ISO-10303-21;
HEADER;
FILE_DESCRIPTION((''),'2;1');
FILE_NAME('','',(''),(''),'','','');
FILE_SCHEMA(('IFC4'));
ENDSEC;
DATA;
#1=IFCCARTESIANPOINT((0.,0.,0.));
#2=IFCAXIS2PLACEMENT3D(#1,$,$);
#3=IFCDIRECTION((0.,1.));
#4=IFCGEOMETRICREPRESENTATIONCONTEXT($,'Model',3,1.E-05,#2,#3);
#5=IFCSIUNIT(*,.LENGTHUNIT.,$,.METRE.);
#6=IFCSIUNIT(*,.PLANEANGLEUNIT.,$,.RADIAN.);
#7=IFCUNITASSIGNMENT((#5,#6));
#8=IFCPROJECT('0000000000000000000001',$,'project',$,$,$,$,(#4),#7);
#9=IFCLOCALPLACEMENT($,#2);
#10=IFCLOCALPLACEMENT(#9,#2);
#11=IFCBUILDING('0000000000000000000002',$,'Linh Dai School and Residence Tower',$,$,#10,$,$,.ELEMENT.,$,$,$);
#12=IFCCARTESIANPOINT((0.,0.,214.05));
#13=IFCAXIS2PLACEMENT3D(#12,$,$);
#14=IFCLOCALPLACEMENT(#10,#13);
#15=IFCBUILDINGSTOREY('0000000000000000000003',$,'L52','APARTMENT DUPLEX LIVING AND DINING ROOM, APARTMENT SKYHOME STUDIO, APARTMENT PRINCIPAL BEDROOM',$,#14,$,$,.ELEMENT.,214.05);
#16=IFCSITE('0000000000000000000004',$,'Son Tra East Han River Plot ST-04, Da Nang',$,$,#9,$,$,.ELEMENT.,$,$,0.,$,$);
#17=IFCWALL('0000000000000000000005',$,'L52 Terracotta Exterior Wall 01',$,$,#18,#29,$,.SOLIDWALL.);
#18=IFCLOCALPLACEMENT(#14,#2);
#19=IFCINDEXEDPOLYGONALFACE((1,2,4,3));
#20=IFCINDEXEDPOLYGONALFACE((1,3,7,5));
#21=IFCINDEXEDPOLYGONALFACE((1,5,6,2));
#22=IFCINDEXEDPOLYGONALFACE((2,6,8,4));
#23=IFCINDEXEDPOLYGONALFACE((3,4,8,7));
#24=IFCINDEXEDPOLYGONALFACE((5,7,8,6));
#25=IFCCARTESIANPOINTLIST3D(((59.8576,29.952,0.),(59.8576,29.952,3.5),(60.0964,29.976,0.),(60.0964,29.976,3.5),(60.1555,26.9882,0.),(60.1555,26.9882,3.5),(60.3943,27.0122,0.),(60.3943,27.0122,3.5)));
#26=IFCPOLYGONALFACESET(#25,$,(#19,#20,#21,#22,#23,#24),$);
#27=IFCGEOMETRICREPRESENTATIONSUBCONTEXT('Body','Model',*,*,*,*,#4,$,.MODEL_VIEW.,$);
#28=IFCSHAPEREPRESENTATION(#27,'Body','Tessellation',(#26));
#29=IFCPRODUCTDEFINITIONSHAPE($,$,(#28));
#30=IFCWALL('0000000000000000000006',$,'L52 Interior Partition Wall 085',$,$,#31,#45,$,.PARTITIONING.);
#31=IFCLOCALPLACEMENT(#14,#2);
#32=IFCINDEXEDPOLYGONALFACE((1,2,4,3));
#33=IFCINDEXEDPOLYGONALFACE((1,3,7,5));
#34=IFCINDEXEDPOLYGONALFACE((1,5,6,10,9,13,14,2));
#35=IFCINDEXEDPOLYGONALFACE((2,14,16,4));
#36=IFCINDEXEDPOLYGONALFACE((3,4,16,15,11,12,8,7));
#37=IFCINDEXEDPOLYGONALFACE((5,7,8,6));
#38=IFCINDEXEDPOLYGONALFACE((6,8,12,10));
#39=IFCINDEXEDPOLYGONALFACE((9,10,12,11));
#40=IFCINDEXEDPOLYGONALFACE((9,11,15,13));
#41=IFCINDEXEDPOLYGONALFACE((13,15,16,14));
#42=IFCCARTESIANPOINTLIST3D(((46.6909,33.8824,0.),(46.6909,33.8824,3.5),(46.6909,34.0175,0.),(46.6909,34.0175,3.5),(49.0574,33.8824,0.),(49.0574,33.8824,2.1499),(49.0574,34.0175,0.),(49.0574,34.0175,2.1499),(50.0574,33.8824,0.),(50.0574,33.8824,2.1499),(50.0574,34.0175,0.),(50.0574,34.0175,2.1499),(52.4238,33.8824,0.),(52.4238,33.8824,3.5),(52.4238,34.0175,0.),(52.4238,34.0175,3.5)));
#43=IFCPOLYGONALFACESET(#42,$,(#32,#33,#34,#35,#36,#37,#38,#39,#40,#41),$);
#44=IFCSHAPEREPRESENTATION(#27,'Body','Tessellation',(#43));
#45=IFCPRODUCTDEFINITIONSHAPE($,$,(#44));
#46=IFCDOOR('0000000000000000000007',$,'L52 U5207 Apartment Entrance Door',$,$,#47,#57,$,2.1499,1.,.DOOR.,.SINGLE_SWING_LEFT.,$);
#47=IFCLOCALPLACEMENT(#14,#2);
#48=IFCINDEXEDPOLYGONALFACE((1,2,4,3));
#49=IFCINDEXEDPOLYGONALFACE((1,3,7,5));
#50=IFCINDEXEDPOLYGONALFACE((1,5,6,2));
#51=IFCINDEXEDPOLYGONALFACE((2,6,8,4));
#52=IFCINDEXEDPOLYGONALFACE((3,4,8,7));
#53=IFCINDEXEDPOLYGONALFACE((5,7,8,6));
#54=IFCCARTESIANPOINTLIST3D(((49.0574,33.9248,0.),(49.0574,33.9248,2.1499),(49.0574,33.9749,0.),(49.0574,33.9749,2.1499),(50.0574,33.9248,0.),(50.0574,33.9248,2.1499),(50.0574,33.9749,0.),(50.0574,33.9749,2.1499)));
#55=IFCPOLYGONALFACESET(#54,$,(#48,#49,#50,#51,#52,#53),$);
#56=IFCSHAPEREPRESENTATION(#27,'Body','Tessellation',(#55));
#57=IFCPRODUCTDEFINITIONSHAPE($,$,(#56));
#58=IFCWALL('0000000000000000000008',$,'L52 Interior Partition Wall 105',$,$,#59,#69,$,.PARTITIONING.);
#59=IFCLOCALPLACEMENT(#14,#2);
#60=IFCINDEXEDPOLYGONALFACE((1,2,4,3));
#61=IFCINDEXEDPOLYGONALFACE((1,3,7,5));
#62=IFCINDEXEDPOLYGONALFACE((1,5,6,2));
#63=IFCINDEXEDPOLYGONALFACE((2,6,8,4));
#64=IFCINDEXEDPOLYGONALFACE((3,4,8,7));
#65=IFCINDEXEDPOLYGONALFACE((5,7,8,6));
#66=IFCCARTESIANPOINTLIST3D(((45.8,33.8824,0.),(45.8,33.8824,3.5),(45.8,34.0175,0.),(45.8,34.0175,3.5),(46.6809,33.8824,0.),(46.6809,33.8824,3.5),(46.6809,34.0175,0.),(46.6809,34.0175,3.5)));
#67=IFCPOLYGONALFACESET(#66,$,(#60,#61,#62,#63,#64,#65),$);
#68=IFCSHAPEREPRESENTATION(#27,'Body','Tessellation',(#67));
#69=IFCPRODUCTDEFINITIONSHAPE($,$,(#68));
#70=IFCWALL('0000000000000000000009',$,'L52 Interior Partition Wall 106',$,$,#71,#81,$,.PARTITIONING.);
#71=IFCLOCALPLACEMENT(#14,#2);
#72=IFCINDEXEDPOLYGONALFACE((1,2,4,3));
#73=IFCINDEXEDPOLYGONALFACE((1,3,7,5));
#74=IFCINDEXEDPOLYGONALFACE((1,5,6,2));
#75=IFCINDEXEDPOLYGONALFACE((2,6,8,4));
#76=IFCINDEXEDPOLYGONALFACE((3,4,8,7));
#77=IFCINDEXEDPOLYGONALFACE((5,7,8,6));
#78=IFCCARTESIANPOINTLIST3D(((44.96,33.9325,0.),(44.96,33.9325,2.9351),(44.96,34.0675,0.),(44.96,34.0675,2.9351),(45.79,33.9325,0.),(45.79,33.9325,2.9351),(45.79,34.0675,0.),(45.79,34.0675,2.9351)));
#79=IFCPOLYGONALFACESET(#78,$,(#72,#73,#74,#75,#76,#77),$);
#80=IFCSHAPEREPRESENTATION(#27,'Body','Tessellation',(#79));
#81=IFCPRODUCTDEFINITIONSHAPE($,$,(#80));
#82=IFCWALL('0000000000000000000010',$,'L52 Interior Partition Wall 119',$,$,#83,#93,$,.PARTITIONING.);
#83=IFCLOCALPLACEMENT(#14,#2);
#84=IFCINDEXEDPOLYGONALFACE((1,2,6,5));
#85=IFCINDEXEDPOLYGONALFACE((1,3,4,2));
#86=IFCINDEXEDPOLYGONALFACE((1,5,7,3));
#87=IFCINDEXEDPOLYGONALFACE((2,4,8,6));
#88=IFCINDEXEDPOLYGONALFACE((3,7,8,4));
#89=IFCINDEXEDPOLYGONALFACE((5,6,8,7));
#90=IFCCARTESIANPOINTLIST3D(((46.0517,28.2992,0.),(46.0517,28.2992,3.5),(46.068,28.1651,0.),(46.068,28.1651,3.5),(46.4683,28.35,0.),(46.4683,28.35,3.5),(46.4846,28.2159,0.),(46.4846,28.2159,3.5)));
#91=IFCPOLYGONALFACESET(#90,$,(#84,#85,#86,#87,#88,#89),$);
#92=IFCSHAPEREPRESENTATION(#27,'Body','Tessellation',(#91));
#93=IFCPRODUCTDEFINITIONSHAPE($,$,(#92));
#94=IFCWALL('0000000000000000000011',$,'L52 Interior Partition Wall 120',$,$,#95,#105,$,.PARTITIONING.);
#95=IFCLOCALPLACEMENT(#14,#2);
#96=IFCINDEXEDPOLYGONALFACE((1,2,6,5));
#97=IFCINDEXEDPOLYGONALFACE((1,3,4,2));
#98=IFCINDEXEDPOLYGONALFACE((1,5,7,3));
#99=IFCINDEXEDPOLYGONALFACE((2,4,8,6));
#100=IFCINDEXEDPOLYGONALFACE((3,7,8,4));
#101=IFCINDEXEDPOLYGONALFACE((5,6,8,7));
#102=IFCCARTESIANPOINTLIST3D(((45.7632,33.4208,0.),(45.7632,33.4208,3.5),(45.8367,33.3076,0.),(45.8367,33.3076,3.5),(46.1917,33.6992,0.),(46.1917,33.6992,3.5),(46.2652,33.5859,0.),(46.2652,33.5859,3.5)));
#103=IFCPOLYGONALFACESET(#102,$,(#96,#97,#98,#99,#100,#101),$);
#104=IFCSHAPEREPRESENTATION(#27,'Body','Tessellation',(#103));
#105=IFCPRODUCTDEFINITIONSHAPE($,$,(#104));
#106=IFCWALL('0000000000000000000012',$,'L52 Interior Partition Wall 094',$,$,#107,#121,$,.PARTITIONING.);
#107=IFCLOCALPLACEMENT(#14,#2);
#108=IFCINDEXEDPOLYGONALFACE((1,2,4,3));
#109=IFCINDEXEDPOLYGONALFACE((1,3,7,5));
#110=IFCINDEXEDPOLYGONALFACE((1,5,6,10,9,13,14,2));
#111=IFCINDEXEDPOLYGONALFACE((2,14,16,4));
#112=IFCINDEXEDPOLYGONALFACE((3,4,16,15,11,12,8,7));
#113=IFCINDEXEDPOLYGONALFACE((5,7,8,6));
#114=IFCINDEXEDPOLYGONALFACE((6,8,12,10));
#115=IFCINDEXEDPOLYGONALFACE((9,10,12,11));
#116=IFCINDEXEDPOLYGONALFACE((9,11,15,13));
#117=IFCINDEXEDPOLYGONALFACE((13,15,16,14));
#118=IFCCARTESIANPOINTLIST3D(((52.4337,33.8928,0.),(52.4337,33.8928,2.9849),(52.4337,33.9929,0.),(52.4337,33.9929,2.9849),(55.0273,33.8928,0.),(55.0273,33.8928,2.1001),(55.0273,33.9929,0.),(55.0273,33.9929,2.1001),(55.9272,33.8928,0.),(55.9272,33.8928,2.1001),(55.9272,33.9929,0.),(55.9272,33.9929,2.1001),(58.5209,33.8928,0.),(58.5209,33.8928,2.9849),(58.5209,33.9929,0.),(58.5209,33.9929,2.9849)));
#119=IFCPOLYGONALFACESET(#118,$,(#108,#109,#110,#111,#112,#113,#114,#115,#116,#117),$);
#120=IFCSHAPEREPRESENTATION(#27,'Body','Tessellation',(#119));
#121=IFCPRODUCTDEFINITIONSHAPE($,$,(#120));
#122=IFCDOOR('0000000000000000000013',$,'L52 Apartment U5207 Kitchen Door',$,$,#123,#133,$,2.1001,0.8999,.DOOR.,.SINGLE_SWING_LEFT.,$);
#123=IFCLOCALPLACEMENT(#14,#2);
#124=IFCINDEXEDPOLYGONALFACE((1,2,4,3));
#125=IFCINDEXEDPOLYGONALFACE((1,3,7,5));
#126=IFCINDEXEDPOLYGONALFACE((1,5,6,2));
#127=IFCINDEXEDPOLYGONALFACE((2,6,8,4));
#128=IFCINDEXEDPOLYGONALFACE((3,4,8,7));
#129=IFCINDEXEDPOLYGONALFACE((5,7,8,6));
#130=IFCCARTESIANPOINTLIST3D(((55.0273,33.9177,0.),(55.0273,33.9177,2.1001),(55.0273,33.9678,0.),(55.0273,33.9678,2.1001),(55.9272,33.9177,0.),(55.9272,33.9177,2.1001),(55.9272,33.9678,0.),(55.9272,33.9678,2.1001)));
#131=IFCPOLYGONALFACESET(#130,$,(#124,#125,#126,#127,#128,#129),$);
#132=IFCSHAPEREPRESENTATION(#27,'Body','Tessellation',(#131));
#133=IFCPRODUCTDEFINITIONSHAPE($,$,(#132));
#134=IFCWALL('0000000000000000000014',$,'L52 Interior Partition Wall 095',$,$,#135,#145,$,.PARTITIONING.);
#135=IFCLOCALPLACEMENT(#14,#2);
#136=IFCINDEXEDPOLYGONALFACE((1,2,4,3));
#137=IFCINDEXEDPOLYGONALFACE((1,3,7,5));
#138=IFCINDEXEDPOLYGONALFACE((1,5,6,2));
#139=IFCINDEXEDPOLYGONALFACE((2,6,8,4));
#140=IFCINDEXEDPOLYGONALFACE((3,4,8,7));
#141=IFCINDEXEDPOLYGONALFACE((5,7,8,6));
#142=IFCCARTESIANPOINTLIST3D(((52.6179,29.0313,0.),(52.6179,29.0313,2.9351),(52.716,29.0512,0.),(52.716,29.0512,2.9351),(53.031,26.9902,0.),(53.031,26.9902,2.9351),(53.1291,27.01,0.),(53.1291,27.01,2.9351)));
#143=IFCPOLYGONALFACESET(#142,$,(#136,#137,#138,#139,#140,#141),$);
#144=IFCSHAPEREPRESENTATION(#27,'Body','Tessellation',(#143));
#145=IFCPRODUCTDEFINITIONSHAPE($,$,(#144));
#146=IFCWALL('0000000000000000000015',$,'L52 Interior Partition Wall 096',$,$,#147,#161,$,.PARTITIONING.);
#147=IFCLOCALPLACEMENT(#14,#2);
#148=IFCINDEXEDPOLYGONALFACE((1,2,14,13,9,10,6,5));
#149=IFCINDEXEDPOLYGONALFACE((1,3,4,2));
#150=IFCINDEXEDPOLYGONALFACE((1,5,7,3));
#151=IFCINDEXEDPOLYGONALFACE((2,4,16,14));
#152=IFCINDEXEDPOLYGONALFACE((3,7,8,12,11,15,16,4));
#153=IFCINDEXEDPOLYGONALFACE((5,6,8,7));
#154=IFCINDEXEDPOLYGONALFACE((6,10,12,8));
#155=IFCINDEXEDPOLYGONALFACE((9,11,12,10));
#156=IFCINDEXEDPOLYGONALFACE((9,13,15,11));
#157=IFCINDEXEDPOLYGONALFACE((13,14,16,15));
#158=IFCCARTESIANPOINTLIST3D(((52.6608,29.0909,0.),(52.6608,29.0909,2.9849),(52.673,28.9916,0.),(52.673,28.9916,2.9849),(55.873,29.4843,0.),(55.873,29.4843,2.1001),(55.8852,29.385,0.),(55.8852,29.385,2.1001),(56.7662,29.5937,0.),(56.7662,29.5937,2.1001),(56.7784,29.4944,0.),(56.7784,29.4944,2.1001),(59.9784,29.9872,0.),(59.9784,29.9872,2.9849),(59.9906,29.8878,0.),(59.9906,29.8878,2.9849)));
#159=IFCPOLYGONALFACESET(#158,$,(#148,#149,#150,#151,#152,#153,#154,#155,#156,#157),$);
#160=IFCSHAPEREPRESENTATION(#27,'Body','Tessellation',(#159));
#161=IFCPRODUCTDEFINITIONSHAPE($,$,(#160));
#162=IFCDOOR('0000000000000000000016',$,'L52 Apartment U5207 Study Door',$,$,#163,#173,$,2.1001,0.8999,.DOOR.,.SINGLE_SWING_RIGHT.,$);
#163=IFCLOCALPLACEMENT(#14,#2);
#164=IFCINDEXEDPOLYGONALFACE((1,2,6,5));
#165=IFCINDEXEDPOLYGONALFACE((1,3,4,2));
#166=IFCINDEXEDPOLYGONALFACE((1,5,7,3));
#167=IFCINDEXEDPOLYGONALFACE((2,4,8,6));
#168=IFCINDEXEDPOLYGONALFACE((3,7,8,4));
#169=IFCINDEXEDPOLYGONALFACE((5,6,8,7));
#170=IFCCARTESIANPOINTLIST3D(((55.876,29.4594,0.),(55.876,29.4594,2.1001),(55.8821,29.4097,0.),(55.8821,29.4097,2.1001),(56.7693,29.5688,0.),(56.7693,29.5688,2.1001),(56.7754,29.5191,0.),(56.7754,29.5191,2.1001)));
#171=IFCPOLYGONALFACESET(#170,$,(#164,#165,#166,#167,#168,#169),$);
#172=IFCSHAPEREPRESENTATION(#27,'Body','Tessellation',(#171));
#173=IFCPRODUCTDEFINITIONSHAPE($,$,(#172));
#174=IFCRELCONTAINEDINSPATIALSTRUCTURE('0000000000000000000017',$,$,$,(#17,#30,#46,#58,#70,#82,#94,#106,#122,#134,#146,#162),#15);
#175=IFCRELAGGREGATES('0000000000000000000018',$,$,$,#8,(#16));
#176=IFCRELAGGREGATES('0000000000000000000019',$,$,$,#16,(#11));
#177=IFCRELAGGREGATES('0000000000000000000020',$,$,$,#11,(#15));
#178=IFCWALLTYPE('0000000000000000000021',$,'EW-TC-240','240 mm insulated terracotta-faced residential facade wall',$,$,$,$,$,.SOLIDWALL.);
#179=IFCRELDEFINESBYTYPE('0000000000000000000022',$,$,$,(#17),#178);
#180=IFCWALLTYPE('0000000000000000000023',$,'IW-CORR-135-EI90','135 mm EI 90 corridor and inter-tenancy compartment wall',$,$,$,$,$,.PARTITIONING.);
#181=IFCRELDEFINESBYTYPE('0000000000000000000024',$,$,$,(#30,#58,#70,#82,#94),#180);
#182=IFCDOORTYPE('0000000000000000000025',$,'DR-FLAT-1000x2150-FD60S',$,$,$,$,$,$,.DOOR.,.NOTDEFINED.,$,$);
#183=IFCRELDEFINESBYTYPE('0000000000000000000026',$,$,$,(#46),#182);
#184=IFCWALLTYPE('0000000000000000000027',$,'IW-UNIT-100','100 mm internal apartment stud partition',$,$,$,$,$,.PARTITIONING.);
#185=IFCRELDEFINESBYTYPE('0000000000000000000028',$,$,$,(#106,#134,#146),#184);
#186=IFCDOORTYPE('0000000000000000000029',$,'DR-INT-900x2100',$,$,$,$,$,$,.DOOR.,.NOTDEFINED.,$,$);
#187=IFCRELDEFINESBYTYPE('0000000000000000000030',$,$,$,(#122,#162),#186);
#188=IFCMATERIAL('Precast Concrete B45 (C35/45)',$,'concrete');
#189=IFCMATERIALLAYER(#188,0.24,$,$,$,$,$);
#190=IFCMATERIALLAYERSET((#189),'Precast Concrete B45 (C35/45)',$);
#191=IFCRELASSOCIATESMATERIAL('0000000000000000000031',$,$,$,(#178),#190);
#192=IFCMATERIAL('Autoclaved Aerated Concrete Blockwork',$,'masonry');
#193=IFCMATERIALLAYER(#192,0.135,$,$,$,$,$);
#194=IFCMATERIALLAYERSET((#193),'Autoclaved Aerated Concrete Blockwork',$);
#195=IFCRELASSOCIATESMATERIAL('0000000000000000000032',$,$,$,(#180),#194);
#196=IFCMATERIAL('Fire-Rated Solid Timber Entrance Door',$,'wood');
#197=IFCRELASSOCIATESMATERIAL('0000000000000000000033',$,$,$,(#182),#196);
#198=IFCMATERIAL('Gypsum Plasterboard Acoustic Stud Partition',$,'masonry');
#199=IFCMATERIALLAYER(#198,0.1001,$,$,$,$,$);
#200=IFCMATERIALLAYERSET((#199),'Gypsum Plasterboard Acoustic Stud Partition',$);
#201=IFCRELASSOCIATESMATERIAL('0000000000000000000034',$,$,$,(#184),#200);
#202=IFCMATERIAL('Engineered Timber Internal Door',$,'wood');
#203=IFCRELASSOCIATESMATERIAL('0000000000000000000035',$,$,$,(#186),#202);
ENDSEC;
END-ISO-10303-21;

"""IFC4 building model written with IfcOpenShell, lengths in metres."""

from ifc_helpers import new_model, si_unit, direction, frame, frame_2d, origin, origin_2d, place, context, subcontext, project, spatial, rectangle, extrude, source, transform, mapped, material, layer, layer_set, type_object, element, fill, save


model = new_model("IFC4")

# Units and contexts
model_context = context("Model", 3, precision=1e-05, world=origin(), true_north=direction((0.0, 1.0)))
body_context = subcontext(model_context, "Body", "Model", "MODEL_VIEW")
ifc_project = project(units=[si_unit("LENGTHUNIT", "METRE"), si_unit("PLANEANGLEUNIT", "RADIAN")], contexts=[model_context])

# Site, building, storey
site_placement = place(None, origin())
site = spatial("IfcSite", under=ifc_project, at=site_placement, Name="Son Tra East Han River Plot ST-04, Da Nang", CompositionType="ELEMENT", RefElevation=0.0)
building_placement = place(site_placement, origin())
building = spatial("IfcBuilding", under=site, at=building_placement, Name="Linh Dai School and Residence Tower", CompositionType="ELEMENT")
storey_placement = place(building_placement, frame((0.0, 0.0, 214.05)))
storey = spatial("IfcBuildingStorey", under=building, at=storey_placement, Name="L52", Description="APARTMENT DUPLEX LIVING AND DINING ROOM, APARTMENT SKYHOME STUDIO, APARTMENT PRINCIPAL BEDROOM", CompositionType="ELEMENT", Elevation=214.05)

# Shared definitions
ifc_material_1 = material(Name="Precast Concrete B45 (C35/45)", Category="concrete")

# Wall
ifc_layer_1 = layer(ifc_material_1, 0.24)
ifc_layer_set_1 = layer_set([ifc_layer_1], Name="Precast Concrete B45 (C35/45)")
wall_type_1 = type_object("IfcWallType", Name="EW-TC-240", Description="240 mm insulated terracotta-faced residential facade wall", PredefinedType="SOLIDWALL", material=ifc_layer_set_1)
wall_1_placement = place(storey_placement, frame((59.9771, 29.9639, 0.0), z_axis=(0.0, 0.0, 1.0), x_axis=(0.099991, -0.994988, 0.0)))
element("IfcWall", 1, at=wall_1_placement, inside=storey, type_object=wall_type_1, Name="L52 Terracotta Exterior Wall 01", PredefinedType="SOLIDWALL", context=body_context, shape_type="SweptSolid", body=[
    extrude(rectangle(XDim=2.9788, YDim=0.24, at=frame_2d((1.4893, 0.0))), origin(), (0.0, 0.0, 1.0), 3.5),
])

# Wall, opening, door
ifc_material_2 = material(Name="Autoclaved Aerated Concrete Blockwork", Category="masonry")
ifc_layer_2 = layer(ifc_material_2, 0.135)
ifc_layer_set_2 = layer_set([ifc_layer_2], Name="Autoclaved Aerated Concrete Blockwork")
wall_type_2 = type_object("IfcWallType", Name="IW-CORR-135-EI90", Description="135 mm EI 90 corridor and inter-tenancy compartment wall", PredefinedType="PARTITIONING", material=ifc_layer_set_2)
wall_2_placement = place(storey_placement, frame((46.6909, 33.95, 0.0), z_axis=(0.0, 0.0, 1.0), x_axis=(1.0, 0.0, 0.0)))
wall_2 = element("IfcWall", 2, at=wall_2_placement, inside=storey, type_object=wall_type_2, Name="L52 Interior Partition Wall 085", PredefinedType="PARTITIONING", context=body_context, shape_type="SweptSolid", body=[
    extrude(rectangle(XDim=5.7329, YDim=0.135, at=frame_2d((2.8665, 0.0))), origin(), (0.0, 0.0, 1.0), 3.5),
])
opening_1_placement = place(wall_2_placement, frame((2.3665, 0.0, 0.0)))
opening_1 = element("IfcOpeningElement", 3, at=opening_1_placement, cuts=wall_2, PredefinedType="OPENING", context=body_context, shape_type="SweptSolid", body=[
    extrude(rectangle(XDim=1.0, YDim=2.1499, at=origin_2d()), frame((0.5, 0.0776, 1.075), z_axis=(0.0, -1.0, 0.0), x_axis=(1.0, 0.0, 0.0)), (0.0, 0.0, 1.0), 0.155),
])
ifc_material_3 = material(Name="Fire-Rated Solid Timber Entrance Door", Category="wood")
door_type_1 = type_object("IfcDoorType", Name="DR-FLAT-1000x2150-FD60S", OperationType="NOTDEFINED", PredefinedType="DOOR", material=ifc_material_3)
shared_shape_1 = source(origin(), body_context, "Body", "SweptSolid", [
    extrude(rectangle(XDim=1.0, YDim=2.1499, at=origin_2d()), frame((0.5, 0.0249, 1.075), z_axis=(0.0, -1.0, 0.0), x_axis=(1.0, 0.0, 0.0)), (0.0, 0.0, 1.0), 0.05),
])
door_1_placement = place(opening_1_placement, origin())
door_1 = element("IfcDoor", 4, at=door_1_placement, inside=storey, type_object=door_type_1, Name="L52 U5207 Apartment Entrance Door", OperationType="SINGLE_SWING_LEFT", OverallHeight=2.1499, OverallWidth=1.0, PredefinedType="DOOR", context=body_context, shape_type="MappedRepresentation", body=[
    mapped(shared_shape_1, transform((0.0, 0.0, 0.0), x_axis=(1.0, 0.0, 0.0), y_axis=(0.0, 1.0, 0.0), z_axis=(0.0, 0.0, 1.0), scale=1.0)),
])
fill(opening_1, door_1)

# Walls
wall_3_placement = place(storey_placement, frame((46.6809, 33.95, 0.0), z_axis=(0.0, 0.0, 1.0), x_axis=(-1.0, 0.0, 0.0)))
element("IfcWall", 5, at=wall_3_placement, inside=storey, type_object=wall_type_2, Name="L52 Interior Partition Wall 105", PredefinedType="PARTITIONING", context=body_context, shape_type="SweptSolid", body=[
    extrude(rectangle(XDim=0.8809, YDim=0.135, at=frame_2d((0.4404, 0.0))), origin(), (0.0, 0.0, 1.0), 3.5),
])
wall_4_placement = place(storey_placement, frame((45.79, 34.0, 0.0), z_axis=(0.0, 0.0, 1.0), x_axis=(-1.0, 0.0, 0.0)))
element("IfcWall", 6, at=wall_4_placement, inside=storey, type_object=wall_type_2, Name="L52 Interior Partition Wall 106", PredefinedType="PARTITIONING", context=body_context, shape_type="SweptSolid", body=[
    extrude(rectangle(XDim=0.8301, YDim=0.135, at=frame_2d((0.415, 0.0))), origin(), (0.0, 0.0, 1.0), 2.9351),
])
wall_5_placement = place(storey_placement, frame((46.4766, 28.283, 0.0), z_axis=(0.0, 0.0, 1.0), x_axis=(-0.992649, -0.121026, 0.0)))
element("IfcWall", 7, at=wall_5_placement, inside=storey, type_object=wall_type_2, Name="L52 Interior Partition Wall 119", PredefinedType="PARTITIONING", context=body_context, shape_type="SweptSolid", body=[
    extrude(rectangle(XDim=0.4197, YDim=0.135, at=frame_2d((0.21, 0.0))), origin(), (0.0, 0.0, 1.0), 3.5),
])
wall_6_placement = place(storey_placement, frame((45.8, 33.3643, 0.0), z_axis=(0.0, 0.0, 1.0), x_axis=(0.838607, 0.544736, 0.0)))
element("IfcWall", 8, at=wall_6_placement, inside=storey, type_object=wall_type_2, Name="L52 Interior Partition Wall 120", PredefinedType="PARTITIONING", context=body_context, shape_type="SweptSolid", body=[
    extrude(rectangle(XDim=0.511, YDim=0.135, at=frame_2d((0.2554, 0.0))), origin(), (0.0, 0.0, 1.0), 3.5),
])

# Wall, opening, door
ifc_material_4 = material(Name="Gypsum Plasterboard Acoustic Stud Partition", Category="masonry")
ifc_layer_3 = layer(ifc_material_4, 0.1001)
ifc_layer_set_3 = layer_set([ifc_layer_3], Name="Gypsum Plasterboard Acoustic Stud Partition")
wall_type_3 = type_object("IfcWallType", Name="IW-UNIT-100", Description="100 mm internal apartment stud partition", PredefinedType="PARTITIONING", material=ifc_layer_set_3)
wall_7_placement = place(storey_placement, frame((52.4338, 33.9429, 0.0), z_axis=(0.0, 0.0, 1.0), x_axis=(1.0, 0.0, 0.0)))
wall_7 = element("IfcWall", 9, at=wall_7_placement, inside=storey, type_object=wall_type_3, Name="L52 Interior Partition Wall 094", PredefinedType="PARTITIONING", context=body_context, shape_type="SweptSolid", body=[
    extrude(rectangle(XDim=6.0872, YDim=0.1001, at=frame_2d((3.0435, 0.0))), origin(), (0.0, 0.0, 1.0), 2.9849),
])
opening_2_placement = place(wall_7_placement, frame((2.5935, 0.0, 0.0)))
opening_2 = element("IfcOpeningElement", 10, at=opening_2_placement, cuts=wall_7, PredefinedType="OPENING", context=body_context, shape_type="SweptSolid", body=[
    extrude(rectangle(XDim=0.8999, YDim=2.1001, at=origin_2d()), frame((0.45, 0.0601, 1.05), z_axis=(0.0, -1.0, 0.0), x_axis=(1.0, 0.0, 0.0)), (0.0, 0.0, 1.0), 0.1201),
])
ifc_material_5 = material(Name="Engineered Timber Internal Door", Category="wood")
door_type_2 = type_object("IfcDoorType", Name="DR-INT-900x2100", OperationType="NOTDEFINED", PredefinedType="DOOR", material=ifc_material_5)
shared_shape_2 = source(origin(), body_context, "Body", "SweptSolid", [
    extrude(rectangle(XDim=0.8999, YDim=2.1001, at=origin_2d()), frame((0.45, 0.0249, 1.05), z_axis=(0.0, -1.0, 0.0), x_axis=(1.0, 0.0, 0.0)), (0.0, 0.0, 1.0), 0.05),
])
door_2_placement = place(opening_2_placement, origin())
door_2 = element("IfcDoor", 11, at=door_2_placement, inside=storey, type_object=door_type_2, Name="L52 Apartment U5207 Kitchen Door", OperationType="SINGLE_SWING_LEFT", OverallHeight=2.1001, OverallWidth=0.8999, PredefinedType="DOOR", context=body_context, shape_type="MappedRepresentation", body=[
    mapped(shared_shape_2, transform((0.0, 0.0, 0.0), x_axis=(1.0, 0.0, 0.0), y_axis=(0.0, 1.0, 0.0), z_axis=(0.0, 0.0, 1.0), scale=1.0)),
])
fill(opening_2, door_2)

# Wall
wall_8_placement = place(storey_placement, frame((52.667, 29.0413, 0.0), z_axis=(0.0, 0.0, 1.0), x_axis=(0.198347, -0.980132, 0.0)))
element("IfcWall", 12, at=wall_8_placement, inside=storey, type_object=wall_type_3, Name="L52 Interior Partition Wall 095", PredefinedType="PARTITIONING", context=body_context, shape_type="SweptSolid", body=[
    extrude(rectangle(XDim=2.0825, YDim=0.1001, at=frame_2d((1.0413, 0.0))), origin(), (0.0, 0.0, 1.0), 2.9351),
])

# Wall, opening, door
wall_9_placement = place(storey_placement, frame((52.667, 29.0413, 0.0), z_axis=(0.0, 0.0, 1.0), x_axis=(0.992583, 0.121568, 0.0)))
wall_9 = element("IfcWall", 13, at=wall_9_placement, inside=storey, type_object=wall_type_3, Name="L52 Interior Partition Wall 096", PredefinedType="PARTITIONING", context=body_context, shape_type="SweptSolid", body=[
    extrude(rectangle(XDim=7.3723, YDim=0.1001, at=frame_2d((3.686, 0.0))), origin(), (0.0, 0.0, 1.0), 2.9849),
])
opening_3_placement = place(wall_9_placement, frame((3.2361, 0.0, 0.0)))
opening_3 = element("IfcOpeningElement", 14, at=opening_3_placement, cuts=wall_9, PredefinedType="OPENING", context=body_context, shape_type="SweptSolid", body=[
    extrude(rectangle(XDim=0.8999, YDim=2.1001, at=origin_2d()), frame((0.45, 0.0601, 1.05), z_axis=(0.0, -1.0, 0.0), x_axis=(1.0, 0.0, 0.0)), (0.0, 0.0, 1.0), 0.1201),
])
door_3_placement = place(opening_3_placement, origin())
door_3 = element("IfcDoor", 15, at=door_3_placement, inside=storey, type_object=door_type_2, Name="L52 Apartment U5207 Study Door", OperationType="SINGLE_SWING_RIGHT", OverallHeight=2.1001, OverallWidth=0.8999, PredefinedType="DOOR", context=body_context, shape_type="MappedRepresentation", body=[
    mapped(shared_shape_2, transform((0.0, 0.0, 0.0), x_axis=(1.0, 0.0, 0.0), y_axis=(0.0, 1.0, 0.0), z_axis=(0.0, 0.0, 1.0), scale=1.0)),
])
fill(opening_3, door_3)

save(model, "model.ifc")
